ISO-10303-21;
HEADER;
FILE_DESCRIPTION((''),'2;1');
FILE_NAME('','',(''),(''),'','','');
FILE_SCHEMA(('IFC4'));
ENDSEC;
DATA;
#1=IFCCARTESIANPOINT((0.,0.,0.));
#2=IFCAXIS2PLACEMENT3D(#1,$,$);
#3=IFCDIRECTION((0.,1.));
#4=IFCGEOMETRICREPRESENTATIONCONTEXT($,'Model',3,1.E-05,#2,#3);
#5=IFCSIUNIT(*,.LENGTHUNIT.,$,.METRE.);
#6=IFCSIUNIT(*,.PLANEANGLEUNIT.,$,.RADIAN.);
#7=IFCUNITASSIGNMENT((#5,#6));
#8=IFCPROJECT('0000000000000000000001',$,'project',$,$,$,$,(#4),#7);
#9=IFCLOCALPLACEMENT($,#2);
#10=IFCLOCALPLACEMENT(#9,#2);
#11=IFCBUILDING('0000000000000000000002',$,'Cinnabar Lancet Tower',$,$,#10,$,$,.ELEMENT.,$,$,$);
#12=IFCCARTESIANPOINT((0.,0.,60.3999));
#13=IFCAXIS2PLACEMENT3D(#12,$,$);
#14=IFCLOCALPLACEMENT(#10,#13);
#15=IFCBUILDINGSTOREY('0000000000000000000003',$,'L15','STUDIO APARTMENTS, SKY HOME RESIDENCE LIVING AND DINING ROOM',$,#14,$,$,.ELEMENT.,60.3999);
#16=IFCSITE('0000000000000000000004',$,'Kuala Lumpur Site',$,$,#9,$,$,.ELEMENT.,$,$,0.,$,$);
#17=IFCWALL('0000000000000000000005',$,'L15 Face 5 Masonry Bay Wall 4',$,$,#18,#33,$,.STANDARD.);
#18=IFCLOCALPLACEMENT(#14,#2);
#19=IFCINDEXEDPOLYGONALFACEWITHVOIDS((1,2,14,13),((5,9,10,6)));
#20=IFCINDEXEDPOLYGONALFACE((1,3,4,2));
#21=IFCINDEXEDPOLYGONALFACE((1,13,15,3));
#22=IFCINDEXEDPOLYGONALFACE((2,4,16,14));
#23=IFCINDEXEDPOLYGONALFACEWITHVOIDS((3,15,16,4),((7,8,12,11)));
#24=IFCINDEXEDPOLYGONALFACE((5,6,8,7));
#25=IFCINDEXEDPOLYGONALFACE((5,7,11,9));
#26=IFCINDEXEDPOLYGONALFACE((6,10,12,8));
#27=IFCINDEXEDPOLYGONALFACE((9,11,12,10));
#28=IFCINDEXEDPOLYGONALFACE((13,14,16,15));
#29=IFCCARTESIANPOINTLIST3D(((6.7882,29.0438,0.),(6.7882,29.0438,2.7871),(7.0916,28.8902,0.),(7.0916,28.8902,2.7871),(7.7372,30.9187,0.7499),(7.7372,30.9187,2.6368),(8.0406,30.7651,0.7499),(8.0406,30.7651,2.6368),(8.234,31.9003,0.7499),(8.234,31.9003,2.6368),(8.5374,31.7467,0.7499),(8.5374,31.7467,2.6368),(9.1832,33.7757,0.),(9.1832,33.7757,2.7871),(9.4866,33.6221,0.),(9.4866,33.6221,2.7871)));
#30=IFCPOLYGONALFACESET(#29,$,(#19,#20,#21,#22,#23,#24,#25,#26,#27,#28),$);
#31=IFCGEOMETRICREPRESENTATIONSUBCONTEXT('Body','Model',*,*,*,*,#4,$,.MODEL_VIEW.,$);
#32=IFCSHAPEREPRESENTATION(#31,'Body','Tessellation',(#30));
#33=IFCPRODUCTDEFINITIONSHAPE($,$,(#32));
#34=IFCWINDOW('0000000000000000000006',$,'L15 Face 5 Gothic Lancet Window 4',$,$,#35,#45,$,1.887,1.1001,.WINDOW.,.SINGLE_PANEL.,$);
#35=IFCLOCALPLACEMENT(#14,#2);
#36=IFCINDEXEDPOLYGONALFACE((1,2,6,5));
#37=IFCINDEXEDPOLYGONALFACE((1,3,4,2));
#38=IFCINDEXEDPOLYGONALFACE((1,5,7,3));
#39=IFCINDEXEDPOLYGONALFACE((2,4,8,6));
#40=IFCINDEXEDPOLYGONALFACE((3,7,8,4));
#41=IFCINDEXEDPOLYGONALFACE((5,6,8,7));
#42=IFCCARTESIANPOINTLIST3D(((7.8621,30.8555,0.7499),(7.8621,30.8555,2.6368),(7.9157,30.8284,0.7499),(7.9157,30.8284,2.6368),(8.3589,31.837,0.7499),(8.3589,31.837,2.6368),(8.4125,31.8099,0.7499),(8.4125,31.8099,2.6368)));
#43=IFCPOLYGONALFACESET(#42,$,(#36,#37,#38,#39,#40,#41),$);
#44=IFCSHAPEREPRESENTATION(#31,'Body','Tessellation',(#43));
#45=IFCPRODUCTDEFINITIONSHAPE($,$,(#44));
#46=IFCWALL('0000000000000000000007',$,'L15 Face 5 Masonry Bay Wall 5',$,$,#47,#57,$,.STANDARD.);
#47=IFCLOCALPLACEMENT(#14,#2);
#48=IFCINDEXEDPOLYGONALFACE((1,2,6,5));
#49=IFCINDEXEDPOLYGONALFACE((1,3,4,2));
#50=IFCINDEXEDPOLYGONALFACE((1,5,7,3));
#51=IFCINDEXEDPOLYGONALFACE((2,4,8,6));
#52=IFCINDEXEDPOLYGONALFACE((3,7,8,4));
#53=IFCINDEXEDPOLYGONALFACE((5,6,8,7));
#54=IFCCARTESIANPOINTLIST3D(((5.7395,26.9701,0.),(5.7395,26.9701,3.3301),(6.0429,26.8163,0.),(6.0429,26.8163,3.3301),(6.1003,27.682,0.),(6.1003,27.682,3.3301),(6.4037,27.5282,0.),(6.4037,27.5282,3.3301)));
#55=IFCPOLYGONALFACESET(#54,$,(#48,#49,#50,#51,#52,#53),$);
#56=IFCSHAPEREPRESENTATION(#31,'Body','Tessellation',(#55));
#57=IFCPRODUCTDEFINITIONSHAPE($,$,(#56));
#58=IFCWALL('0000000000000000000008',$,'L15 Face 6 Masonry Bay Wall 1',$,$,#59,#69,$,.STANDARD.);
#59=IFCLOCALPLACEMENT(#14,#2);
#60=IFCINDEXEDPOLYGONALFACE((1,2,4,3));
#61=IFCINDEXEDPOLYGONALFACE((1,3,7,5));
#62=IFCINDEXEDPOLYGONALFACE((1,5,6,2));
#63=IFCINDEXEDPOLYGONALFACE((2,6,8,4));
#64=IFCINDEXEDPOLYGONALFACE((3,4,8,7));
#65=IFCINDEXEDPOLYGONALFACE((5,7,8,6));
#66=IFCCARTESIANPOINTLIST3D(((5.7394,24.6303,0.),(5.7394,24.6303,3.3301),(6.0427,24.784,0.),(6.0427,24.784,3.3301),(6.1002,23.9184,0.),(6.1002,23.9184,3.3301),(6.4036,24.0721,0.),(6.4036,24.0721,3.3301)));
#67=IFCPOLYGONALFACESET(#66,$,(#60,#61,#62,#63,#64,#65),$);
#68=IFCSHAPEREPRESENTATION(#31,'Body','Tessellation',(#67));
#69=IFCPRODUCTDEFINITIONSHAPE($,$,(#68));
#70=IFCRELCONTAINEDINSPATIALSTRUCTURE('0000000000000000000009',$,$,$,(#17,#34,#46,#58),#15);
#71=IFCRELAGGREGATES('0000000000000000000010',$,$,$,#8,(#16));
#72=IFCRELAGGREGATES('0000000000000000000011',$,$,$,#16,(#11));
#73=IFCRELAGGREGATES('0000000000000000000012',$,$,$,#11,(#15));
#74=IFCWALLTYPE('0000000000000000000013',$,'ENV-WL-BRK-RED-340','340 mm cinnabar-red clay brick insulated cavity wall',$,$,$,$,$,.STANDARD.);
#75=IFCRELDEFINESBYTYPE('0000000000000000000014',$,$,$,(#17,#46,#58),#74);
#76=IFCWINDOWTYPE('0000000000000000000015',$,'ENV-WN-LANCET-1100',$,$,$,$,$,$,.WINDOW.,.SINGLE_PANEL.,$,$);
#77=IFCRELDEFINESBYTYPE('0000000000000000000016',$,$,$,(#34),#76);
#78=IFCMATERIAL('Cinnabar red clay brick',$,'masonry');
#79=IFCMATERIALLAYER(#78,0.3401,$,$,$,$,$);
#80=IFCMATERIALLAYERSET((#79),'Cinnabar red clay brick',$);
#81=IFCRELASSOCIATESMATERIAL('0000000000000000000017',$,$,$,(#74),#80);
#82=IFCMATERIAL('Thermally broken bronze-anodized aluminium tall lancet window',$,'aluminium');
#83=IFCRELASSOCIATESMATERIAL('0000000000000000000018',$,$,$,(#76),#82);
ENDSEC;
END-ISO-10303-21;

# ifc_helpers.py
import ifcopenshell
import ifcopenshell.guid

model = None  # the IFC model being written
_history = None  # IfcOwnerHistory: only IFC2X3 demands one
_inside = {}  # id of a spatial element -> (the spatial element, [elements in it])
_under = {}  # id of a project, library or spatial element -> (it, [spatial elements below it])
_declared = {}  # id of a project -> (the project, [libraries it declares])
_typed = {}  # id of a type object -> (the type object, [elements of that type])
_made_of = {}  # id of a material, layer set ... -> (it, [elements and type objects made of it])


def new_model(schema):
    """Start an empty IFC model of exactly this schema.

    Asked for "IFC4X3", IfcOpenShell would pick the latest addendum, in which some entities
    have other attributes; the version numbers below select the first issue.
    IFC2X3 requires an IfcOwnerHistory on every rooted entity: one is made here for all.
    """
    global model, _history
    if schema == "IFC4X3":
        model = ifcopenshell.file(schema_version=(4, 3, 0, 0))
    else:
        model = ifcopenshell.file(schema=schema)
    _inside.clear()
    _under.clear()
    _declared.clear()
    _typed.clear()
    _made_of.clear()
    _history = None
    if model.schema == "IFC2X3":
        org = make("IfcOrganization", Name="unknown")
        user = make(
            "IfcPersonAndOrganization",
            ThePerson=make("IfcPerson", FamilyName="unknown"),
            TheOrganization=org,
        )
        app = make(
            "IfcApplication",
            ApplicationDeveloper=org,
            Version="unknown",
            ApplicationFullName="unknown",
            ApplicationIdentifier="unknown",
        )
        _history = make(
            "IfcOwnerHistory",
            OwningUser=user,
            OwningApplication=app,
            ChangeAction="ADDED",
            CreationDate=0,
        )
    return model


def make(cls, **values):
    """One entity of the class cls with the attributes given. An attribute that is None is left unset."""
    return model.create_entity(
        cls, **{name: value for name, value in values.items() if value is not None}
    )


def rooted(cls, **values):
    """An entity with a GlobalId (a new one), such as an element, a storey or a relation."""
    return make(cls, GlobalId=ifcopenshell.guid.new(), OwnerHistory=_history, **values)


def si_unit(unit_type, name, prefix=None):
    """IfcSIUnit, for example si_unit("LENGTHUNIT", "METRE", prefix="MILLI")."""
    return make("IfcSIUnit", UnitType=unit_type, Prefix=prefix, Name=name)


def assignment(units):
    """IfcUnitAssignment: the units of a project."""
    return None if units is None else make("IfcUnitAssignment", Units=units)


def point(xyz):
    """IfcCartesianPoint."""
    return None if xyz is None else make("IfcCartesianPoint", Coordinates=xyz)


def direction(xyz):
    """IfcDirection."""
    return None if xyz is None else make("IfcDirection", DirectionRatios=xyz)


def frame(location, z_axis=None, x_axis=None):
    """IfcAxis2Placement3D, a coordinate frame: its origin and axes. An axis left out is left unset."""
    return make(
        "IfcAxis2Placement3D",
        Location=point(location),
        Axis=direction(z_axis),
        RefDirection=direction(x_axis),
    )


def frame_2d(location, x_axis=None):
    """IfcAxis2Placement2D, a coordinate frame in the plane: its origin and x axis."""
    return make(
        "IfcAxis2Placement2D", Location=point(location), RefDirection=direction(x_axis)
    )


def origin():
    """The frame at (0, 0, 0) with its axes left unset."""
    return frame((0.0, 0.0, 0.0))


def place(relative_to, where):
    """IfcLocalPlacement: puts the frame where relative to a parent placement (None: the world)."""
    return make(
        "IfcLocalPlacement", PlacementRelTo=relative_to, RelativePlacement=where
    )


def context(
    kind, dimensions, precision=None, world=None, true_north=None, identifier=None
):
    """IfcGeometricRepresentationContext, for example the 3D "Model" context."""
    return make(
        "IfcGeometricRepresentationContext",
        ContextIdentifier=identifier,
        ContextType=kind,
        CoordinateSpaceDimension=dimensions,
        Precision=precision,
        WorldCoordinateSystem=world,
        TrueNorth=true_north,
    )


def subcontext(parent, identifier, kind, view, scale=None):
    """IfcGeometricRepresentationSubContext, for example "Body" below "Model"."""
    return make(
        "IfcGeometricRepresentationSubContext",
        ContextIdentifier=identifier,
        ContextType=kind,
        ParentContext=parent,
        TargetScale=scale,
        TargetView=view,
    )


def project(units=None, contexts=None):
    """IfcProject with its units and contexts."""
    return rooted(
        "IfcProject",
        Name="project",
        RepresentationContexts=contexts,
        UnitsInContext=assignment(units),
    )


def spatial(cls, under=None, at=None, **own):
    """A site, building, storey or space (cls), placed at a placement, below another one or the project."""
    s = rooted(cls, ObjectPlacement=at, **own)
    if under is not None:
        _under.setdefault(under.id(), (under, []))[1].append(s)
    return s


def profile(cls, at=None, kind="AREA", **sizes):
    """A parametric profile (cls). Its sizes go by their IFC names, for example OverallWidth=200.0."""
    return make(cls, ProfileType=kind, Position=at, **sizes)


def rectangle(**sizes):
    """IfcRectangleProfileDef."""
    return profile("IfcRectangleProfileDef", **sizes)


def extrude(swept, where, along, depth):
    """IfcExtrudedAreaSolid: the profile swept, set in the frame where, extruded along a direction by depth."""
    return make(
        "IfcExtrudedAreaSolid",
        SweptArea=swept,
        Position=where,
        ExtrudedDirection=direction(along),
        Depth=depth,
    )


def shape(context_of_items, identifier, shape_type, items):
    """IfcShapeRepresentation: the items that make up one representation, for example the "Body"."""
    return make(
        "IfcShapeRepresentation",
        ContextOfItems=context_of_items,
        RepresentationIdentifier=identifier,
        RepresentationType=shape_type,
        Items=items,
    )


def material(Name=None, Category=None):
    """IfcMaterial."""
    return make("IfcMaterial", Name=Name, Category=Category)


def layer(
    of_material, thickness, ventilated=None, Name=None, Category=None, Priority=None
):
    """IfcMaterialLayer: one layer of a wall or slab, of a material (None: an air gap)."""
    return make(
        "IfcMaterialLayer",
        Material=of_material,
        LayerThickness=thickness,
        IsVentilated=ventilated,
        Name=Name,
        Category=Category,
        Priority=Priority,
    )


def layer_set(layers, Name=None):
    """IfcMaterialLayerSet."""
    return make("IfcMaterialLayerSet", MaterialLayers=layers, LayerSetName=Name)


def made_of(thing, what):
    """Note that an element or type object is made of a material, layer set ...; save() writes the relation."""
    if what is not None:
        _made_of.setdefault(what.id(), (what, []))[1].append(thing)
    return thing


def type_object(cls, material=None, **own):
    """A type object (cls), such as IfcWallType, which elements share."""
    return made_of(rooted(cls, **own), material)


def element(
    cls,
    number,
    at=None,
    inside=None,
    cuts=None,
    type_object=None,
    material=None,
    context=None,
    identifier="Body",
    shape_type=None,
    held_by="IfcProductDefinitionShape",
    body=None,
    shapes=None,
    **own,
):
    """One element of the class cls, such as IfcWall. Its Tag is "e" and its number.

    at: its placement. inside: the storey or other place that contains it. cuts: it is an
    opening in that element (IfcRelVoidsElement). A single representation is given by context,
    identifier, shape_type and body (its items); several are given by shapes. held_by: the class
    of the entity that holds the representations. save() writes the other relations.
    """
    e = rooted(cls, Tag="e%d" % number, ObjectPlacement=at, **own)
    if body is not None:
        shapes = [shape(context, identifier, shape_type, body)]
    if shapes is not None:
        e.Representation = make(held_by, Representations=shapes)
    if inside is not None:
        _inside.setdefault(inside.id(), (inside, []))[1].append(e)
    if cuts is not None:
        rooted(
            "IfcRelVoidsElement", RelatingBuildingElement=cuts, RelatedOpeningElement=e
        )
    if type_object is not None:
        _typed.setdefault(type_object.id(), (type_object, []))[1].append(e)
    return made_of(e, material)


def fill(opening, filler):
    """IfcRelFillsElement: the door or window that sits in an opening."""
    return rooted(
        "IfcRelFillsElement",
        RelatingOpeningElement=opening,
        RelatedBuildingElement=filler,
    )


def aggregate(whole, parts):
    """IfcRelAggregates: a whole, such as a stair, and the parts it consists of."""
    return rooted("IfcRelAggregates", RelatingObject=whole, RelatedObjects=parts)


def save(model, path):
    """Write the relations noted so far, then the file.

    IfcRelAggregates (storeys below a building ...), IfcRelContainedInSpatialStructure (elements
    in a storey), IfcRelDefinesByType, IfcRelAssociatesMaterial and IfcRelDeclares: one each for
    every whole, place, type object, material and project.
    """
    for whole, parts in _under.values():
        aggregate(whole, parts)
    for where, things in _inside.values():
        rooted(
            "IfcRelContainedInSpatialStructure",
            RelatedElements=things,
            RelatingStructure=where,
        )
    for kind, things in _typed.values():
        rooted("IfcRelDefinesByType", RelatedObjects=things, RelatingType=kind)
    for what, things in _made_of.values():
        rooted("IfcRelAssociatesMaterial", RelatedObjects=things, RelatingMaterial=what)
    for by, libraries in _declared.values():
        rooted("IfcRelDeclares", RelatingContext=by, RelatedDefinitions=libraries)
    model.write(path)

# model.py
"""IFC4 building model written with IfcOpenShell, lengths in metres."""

from ifc_helpers import new_model, si_unit, direction, frame, frame_2d, origin, place, context, subcontext, project, spatial, rectangle, extrude, material, layer, layer_set, type_object, element, fill, save


model = new_model("IFC4")

# Units and contexts
model_context = context("Model", 3, precision=1e-05, world=origin(), true_north=direction((0.0, 1.0)))
body_context = subcontext(model_context, "Body", "Model", "MODEL_VIEW")
ifc_project = project(units=[si_unit("LENGTHUNIT", "METRE"), si_unit("PLANEANGLEUNIT", "RADIAN")], contexts=[model_context])

# Site, building, storey
site_placement = place(None, origin())
site = spatial("IfcSite", under=ifc_project, at=site_placement, Name="Kuala Lumpur Site", CompositionType="ELEMENT", RefElevation=0.0)
building_placement = place(site_placement, origin())
building = spatial("IfcBuilding", under=site, at=building_placement, Name="Cinnabar Lancet Tower", CompositionType="ELEMENT")
storey_placement = place(building_placement, frame((0.0, 0.0, 60.3999)))
storey = spatial("IfcBuildingStorey", under=building, at=storey_placement, Name="L15", Description="STUDIO APARTMENTS, SKY HOME RESIDENCE LIVING AND DINING ROOM", CompositionType="ELEMENT", Elevation=60.3999)

# Shared definitions
ifc_material_1 = material(Name="Cinnabar red clay brick", Category="masonry")
ifc_layer_1 = layer(ifc_material_1, 0.3401)
ifc_layer_set_1 = layer_set([ifc_layer_1], Name="Cinnabar red clay brick")
wall_type_1 = type_object("IfcWallType", Name="ENV-WL-BRK-RED-340", Description="340 mm cinnabar-red clay brick insulated cavity wall", PredefinedType="STANDARD", material=ifc_layer_set_1)

# Wall, opening, window
wall_1_placement = place(storey_placement, frame((9.335, 33.699, 0.0), z_axis=(0.0, 0.0, 1.0), x_axis=(-0.451591, -0.892225, 0.0)))
wall_1 = element("IfcWall", 1, at=wall_1_placement, inside=storey, type_object=wall_type_1, Name="L15 Face 5 Masonry Bay Wall 4", PredefinedType="STANDARD", context=body_context, shape_type="SweptSolid", body=[
    extrude(rectangle(XDim=5.3035, YDim=0.3401, at=frame_2d((2.6519, 0.0))), origin(), (0.0, 0.0, 1.0), 2.7871),
])
opening_placement = place(wall_1_placement, frame((2.1021, 0.0, 0.75)))
opening = element("IfcOpeningElement", 2, at=opening_placement, cuts=wall_1, PredefinedType="OPENING", context=body_context, shape_type="SweptSolid", body=[
    extrude(rectangle(XDim=1.1001, YDim=1.887, at=frame_2d((0.55, 0.9434))), frame((0.0, 0.1799, 0.0), z_axis=(0.0, -1.0, 0.0), x_axis=(1.0, 0.0, 0.0)), (0.0, 0.0, 1.0), 0.3601),
])
ifc_material_2 = material(Name="Thermally broken bronze-anodized aluminium tall lancet window", Category="aluminium")
window_type = type_object("IfcWindowType", Name="ENV-WN-LANCET-1100", PartitioningType="SINGLE_PANEL", PredefinedType="WINDOW", material=ifc_material_2)
window_placement = place(opening_placement, origin())
window = element("IfcWindow", 3, at=window_placement, inside=storey, type_object=window_type, Name="L15 Face 5 Gothic Lancet Window 4", OverallHeight=1.887, OverallWidth=1.1001, PartitioningType="SINGLE_PANEL", PredefinedType="WINDOW", context=body_context, shape_type="SweptSolid", body=[
    extrude(rectangle(XDim=1.1001, YDim=1.887, at=frame_2d((0.55, 0.9434))), frame((0.0, 0.03, 0.0), z_axis=(0.0, -1.0, 0.0), x_axis=(1.0, 0.0, 0.0)), (0.0, 0.0, 1.0), 0.0601),
])
fill(opening, window)

# Walls
for number, where, z_axis, x_axis, name in (
    (4, (6.252, 27.605, 0.0), (0.0, 0.0, 1.0), (-0.452101, -0.891967, 0.0), "L15 Face 5 Masonry Bay Wall 5"),
    (5, (5.8911, 24.707, 0.0), (0.0, 0.0, 1.0), (0.452101, -0.891967, 0.0), "L15 Face 6 Masonry Bay Wall 1"),
):
    element("IfcWall", number, at=place(storey_placement, frame(where, z_axis=z_axis, x_axis=x_axis)), inside=storey, type_object=wall_type_1, Name=name, PredefinedType="STANDARD", context=body_context, shape_type="SweptSolid", body=[
        extrude(rectangle(XDim=0.7981, YDim=0.3401, at=frame_2d((0.3989, 0.0))), origin(), (0.0, 0.0, 1.0), 3.3301),
    ])

save(model, "model.ifc")
